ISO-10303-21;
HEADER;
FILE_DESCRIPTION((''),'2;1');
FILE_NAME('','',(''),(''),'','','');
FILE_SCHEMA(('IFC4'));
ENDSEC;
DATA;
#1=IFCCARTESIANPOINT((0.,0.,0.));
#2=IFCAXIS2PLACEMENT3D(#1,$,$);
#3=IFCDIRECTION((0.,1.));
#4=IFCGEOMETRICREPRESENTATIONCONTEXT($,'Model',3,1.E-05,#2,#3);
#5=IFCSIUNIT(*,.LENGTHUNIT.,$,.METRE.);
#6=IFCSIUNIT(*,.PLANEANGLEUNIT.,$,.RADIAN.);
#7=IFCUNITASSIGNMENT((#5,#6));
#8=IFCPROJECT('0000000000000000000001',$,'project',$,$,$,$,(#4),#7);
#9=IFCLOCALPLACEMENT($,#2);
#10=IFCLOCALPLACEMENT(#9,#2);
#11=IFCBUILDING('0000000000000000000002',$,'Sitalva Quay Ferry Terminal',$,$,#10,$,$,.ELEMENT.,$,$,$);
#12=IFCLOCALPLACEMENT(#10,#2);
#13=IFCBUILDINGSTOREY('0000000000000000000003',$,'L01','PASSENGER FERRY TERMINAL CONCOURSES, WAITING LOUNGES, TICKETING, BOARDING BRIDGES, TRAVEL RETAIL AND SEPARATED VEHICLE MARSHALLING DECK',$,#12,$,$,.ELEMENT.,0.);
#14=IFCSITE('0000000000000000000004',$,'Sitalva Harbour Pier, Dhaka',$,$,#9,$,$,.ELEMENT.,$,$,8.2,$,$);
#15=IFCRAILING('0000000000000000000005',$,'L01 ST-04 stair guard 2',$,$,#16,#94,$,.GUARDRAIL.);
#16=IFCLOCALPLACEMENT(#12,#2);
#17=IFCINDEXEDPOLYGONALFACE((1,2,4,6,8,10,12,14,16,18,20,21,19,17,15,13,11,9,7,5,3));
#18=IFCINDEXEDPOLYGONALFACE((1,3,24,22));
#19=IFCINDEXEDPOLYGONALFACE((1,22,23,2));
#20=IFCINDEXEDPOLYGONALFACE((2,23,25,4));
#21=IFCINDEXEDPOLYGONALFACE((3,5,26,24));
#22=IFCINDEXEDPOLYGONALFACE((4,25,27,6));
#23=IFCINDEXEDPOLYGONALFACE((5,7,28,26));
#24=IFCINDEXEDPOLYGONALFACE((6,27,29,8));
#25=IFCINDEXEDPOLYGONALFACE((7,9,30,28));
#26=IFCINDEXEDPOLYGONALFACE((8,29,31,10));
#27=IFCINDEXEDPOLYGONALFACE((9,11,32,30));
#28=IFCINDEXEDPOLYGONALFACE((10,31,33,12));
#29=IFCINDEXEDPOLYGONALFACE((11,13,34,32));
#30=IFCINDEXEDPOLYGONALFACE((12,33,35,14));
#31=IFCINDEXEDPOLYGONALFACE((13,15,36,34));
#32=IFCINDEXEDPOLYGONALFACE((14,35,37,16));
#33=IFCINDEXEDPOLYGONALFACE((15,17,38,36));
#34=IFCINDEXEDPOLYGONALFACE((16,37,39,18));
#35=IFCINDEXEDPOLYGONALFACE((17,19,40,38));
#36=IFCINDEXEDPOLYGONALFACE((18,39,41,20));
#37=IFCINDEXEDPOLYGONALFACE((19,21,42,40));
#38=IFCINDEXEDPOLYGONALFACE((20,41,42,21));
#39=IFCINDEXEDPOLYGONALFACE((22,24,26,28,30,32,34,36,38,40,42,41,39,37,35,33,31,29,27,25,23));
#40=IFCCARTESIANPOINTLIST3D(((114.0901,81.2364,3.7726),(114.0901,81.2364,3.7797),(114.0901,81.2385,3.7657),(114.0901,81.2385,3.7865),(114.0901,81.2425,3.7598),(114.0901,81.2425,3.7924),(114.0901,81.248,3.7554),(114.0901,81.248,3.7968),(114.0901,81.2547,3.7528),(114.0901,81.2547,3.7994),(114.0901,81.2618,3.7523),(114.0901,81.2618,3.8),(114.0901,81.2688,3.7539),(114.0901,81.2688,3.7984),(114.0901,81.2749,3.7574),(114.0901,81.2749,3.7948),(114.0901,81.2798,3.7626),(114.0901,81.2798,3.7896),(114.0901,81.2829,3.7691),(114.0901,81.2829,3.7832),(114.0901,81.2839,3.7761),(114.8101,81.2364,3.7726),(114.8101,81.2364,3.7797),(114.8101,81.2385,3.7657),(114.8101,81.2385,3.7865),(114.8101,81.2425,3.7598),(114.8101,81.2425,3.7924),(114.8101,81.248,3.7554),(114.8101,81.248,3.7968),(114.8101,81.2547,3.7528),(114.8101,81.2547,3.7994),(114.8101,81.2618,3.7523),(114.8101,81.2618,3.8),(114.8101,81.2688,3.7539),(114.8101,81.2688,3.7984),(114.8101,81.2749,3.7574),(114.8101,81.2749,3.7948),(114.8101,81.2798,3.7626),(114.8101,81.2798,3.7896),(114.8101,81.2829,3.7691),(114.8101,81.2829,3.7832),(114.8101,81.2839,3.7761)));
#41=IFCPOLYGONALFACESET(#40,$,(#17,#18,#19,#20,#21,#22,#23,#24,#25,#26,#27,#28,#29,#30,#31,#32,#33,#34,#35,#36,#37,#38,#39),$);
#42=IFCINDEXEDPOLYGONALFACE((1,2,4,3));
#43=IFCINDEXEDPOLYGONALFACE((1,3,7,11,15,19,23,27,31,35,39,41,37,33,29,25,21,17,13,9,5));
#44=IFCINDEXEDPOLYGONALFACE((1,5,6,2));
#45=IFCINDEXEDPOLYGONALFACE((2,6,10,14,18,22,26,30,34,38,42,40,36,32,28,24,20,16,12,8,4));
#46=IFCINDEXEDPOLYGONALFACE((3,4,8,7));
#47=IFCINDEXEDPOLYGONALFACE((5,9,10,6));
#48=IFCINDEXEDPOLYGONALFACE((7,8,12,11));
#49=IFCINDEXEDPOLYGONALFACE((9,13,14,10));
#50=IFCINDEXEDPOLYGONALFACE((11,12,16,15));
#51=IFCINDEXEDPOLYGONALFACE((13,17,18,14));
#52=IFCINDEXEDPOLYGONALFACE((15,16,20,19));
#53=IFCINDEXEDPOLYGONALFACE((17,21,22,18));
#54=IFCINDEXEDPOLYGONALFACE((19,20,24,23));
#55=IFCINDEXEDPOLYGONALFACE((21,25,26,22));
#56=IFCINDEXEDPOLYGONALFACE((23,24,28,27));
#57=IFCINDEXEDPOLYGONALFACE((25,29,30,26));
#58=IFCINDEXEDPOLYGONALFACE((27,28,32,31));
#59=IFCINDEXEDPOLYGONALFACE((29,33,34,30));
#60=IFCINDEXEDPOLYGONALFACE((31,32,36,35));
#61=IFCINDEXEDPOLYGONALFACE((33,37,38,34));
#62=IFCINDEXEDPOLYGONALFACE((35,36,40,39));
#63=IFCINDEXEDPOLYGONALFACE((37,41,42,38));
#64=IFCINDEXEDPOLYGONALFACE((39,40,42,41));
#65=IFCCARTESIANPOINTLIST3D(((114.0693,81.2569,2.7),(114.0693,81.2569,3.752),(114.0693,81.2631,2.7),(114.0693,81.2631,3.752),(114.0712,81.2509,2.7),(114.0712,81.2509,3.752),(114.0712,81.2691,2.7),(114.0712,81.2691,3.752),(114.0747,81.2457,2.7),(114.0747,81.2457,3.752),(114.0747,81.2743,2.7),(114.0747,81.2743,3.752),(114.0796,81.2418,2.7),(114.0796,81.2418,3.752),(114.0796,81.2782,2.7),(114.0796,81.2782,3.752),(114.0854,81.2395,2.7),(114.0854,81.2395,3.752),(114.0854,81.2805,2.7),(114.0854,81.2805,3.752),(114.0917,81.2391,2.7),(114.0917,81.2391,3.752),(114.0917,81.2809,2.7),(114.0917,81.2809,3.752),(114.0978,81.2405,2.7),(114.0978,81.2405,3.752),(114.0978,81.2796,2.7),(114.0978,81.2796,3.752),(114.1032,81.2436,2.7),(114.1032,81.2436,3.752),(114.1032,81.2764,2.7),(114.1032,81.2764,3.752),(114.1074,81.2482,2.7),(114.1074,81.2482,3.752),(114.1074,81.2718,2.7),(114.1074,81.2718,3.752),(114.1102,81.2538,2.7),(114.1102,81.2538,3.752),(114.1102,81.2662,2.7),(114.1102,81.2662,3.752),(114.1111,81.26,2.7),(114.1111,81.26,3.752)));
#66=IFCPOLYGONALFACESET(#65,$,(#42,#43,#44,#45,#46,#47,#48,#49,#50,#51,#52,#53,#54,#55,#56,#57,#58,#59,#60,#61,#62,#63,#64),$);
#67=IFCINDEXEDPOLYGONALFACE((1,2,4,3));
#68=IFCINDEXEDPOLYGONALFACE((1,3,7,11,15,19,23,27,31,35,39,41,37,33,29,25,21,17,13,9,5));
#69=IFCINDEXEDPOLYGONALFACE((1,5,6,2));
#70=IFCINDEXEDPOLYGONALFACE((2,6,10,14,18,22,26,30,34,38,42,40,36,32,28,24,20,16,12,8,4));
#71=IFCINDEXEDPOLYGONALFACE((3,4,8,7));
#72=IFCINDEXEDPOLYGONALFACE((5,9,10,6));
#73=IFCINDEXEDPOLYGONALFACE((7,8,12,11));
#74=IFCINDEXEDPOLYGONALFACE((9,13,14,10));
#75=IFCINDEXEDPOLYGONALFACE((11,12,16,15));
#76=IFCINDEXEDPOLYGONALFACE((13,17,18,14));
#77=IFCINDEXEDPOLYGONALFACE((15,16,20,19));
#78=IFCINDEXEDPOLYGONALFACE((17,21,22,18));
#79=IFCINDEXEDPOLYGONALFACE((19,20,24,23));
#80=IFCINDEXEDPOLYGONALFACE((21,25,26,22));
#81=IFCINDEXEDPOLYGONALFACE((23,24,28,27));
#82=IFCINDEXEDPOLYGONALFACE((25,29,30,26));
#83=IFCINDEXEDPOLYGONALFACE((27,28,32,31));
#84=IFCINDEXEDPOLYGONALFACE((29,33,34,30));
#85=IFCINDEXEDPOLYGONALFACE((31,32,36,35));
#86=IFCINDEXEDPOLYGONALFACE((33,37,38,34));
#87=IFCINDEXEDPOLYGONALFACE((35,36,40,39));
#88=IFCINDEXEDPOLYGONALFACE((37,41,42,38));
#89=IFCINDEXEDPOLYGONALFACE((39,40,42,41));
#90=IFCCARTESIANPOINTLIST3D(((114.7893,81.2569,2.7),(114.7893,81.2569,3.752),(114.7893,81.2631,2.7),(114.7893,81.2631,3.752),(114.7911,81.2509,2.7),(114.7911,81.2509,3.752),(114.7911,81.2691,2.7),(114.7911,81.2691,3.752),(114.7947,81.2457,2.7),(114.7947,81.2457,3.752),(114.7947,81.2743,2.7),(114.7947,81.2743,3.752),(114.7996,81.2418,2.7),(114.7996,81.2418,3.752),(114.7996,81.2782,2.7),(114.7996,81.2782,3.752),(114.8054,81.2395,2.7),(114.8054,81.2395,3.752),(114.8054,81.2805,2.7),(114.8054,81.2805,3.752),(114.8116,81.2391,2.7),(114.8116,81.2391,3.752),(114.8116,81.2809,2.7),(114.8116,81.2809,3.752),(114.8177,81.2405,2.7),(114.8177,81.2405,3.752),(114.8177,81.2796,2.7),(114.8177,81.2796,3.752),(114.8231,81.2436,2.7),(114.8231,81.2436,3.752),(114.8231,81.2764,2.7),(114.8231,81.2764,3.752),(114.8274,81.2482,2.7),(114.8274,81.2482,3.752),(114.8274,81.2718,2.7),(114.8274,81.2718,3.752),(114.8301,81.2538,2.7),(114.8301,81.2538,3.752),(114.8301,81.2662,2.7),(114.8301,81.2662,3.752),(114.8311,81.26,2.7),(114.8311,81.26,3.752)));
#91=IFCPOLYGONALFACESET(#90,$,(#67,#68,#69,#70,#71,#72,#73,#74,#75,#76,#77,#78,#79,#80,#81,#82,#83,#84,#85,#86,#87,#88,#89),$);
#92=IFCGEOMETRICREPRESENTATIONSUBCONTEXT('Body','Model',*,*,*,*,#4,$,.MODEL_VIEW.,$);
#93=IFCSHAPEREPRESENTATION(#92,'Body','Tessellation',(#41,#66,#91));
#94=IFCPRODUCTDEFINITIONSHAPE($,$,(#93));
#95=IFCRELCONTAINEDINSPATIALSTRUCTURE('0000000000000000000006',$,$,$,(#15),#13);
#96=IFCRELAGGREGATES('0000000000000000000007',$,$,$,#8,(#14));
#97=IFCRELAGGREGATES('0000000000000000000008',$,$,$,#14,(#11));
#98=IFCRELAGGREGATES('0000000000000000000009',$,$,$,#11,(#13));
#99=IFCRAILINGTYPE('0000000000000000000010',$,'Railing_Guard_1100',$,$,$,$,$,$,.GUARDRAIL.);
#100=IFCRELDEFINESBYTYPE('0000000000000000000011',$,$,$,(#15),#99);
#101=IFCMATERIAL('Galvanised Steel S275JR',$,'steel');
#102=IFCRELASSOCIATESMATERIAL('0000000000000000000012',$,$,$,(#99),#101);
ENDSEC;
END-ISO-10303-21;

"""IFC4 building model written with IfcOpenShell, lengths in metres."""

from ifc_helpers import new_model, si_unit, direction, frame, origin, origin_2d, place, context, subcontext, project, spatial, circle, extrude, material, type_object, element, save


model = new_model("IFC4")

# Units and contexts
model_context = context("Model", 3, precision=1e-05, world=origin(), true_north=direction((0.0, 1.0)))
body_context = subcontext(model_context, "Body", "Model", "MODEL_VIEW")
ifc_project = project(units=[si_unit("LENGTHUNIT", "METRE"), si_unit("PLANEANGLEUNIT", "RADIAN")], contexts=[model_context])

# Site, building, storey
site_placement = place(None, origin())
site = spatial("IfcSite", under=ifc_project, at=site_placement, Name="Sitalva Harbour Pier, Dhaka", CompositionType="ELEMENT", RefElevation=8.2)
building_placement = place(site_placement, origin())
building = spatial("IfcBuilding", under=site, at=building_placement, Name="Sitalva Quay Ferry Terminal", CompositionType="ELEMENT")
storey_placement = place(building_placement, origin())
storey = spatial("IfcBuildingStorey", under=building, at=storey_placement, Name="L01", Description="PASSENGER FERRY TERMINAL CONCOURSES, WAITING LOUNGES, TICKETING, BOARDING BRIDGES, TRAVEL RETAIL AND SEPARATED VEHICLE MARSHALLING DECK", CompositionType="ELEMENT", Elevation=0.0)

# Railing
ifc_material_1 = material(Name="Galvanised Steel S275JR", Category="steel")
railing_type = type_object("IfcRailingType", Name="Railing_Guard_1100", PredefinedType="GUARDRAIL", material=ifc_material_1)
railing_1_placement = place(storey_placement, frame((114.0901, 81.26, 2.7)))
element("IfcRailing", 1, at=railing_1_placement, inside=storey, type_object=railing_type, Name="L01 ST-04 stair guard 2", PredefinedType="GUARDRAIL", context=body_context, shape_type="SweptSolid", body=[
    extrude(circle(Radius=0.0239, at=origin_2d()), frame((0.0, 0.0, 1.0762), z_axis=(1.0, 0.0, 0.0), x_axis=(0.0, 1.0, 0.0)), (0.0, 0.0, 1.0), 0.72),
    extrude(circle(Radius=0.021, at=origin_2d()), origin(), (0.0, 0.0, 1.0), 1.052),
    extrude(circle(Radius=0.021, at=origin_2d()), frame((0.72, 0.0, 0.0)), (0.0, 0.0, 1.0), 1.052),
])

save(model, "model.ifc")
